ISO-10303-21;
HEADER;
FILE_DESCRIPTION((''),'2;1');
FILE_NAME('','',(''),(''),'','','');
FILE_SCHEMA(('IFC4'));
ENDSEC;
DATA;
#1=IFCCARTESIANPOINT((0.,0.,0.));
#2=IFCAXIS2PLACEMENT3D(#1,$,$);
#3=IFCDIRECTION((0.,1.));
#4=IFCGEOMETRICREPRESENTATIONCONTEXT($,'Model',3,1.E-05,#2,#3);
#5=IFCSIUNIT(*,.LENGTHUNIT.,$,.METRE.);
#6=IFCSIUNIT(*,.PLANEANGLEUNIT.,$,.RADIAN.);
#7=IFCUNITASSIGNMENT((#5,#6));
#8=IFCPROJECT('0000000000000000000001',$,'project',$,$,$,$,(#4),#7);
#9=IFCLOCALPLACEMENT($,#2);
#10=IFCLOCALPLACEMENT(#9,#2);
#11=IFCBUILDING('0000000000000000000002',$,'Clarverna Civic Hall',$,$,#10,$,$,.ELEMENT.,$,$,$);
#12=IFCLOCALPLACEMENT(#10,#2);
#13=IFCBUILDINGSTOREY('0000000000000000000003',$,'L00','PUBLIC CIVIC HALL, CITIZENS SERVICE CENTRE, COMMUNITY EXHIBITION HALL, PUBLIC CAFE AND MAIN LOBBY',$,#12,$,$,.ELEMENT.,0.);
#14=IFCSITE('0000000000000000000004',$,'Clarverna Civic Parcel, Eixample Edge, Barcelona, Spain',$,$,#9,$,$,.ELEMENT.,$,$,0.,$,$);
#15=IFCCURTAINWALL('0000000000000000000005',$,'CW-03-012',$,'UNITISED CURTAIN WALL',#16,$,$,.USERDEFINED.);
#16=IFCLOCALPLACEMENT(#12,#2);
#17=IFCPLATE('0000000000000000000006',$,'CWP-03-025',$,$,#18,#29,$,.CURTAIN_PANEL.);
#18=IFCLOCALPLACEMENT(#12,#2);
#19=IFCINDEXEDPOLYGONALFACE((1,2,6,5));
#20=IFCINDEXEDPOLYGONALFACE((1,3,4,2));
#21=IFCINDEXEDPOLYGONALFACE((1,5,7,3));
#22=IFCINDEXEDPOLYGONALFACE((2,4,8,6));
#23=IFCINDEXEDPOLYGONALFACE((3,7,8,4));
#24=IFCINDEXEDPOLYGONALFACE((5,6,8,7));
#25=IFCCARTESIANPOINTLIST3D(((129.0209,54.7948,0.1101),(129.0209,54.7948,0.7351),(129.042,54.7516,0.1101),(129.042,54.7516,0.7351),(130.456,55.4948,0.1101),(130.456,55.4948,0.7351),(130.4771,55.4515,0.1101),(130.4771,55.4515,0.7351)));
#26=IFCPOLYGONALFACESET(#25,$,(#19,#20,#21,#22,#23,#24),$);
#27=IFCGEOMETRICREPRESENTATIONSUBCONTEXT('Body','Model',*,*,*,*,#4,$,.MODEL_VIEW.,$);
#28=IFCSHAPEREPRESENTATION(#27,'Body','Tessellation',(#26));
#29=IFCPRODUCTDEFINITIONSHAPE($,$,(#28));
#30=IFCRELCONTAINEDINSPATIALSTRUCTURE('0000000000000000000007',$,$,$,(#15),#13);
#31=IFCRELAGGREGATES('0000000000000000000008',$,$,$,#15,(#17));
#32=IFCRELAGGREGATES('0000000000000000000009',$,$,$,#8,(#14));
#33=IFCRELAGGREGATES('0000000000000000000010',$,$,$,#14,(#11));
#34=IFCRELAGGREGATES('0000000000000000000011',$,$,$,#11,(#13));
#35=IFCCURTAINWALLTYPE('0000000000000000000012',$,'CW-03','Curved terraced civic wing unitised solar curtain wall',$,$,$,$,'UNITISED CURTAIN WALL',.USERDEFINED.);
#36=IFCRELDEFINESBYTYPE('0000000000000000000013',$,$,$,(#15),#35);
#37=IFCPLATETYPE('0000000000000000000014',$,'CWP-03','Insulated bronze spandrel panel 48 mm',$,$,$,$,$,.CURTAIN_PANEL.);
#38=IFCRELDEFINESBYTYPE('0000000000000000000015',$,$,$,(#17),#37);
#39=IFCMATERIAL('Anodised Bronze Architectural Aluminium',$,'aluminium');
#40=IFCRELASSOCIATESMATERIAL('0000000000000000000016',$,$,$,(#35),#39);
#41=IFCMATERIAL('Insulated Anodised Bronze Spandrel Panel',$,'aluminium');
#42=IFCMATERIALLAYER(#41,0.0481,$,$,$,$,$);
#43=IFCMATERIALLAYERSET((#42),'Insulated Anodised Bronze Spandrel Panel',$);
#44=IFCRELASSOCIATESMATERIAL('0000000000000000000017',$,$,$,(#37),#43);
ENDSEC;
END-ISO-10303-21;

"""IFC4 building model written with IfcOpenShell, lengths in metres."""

from ifc_helpers import new_model, si_unit, direction, frame, frame_2d, origin, place, context, subcontext, project, spatial, rectangle, extrude, material, layer, layer_set, type_object, element, aggregate, save


model = new_model("IFC4")

# Units and contexts
model_context = context("Model", 3, precision=1e-05, world=origin(), true_north=direction((0.0, 1.0)))
body_context = subcontext(model_context, "Body", "Model", "MODEL_VIEW")
ifc_project = project(units=[si_unit("LENGTHUNIT", "METRE"), si_unit("PLANEANGLEUNIT", "RADIAN")], contexts=[model_context])

# Site, building, storey
site_placement = place(None, origin())
site = spatial("IfcSite", under=ifc_project, at=site_placement, Name="Clarverna Civic Parcel, Eixample Edge, Barcelona, Spain", CompositionType="ELEMENT", RefElevation=0.0)
building_placement = place(site_placement, origin())
building = spatial("IfcBuilding", under=site, at=building_placement, Name="Clarverna Civic Hall", CompositionType="ELEMENT")
storey_placement = place(building_placement, origin())
storey = spatial("IfcBuildingStorey", under=building, at=storey_placement, Name="L00", Description="PUBLIC CIVIC HALL, CITIZENS SERVICE CENTRE, COMMUNITY EXHIBITION HALL, PUBLIC CAFE AND MAIN LOBBY", CompositionType="ELEMENT", Elevation=0.0)

# Curtain wall
ifc_material_1 = material(Name="Anodised Bronze Architectural Aluminium", Category="aluminium")
curtain_wall_type = type_object("IfcCurtainWallType", Name="CW-03", Description="Curved terraced civic wing unitised solar curtain wall", ElementType="UNITISED CURTAIN WALL", PredefinedType="USERDEFINED", material=ifc_material_1)
curtain_wall_1_placement = place(storey_placement, origin())
curtain_wall_1 = element("IfcCurtainWall", 1, at=curtain_wall_1_placement, inside=storey, type_object=curtain_wall_type, Name="CW-03-012", ObjectType="UNITISED CURTAIN WALL", PredefinedType="USERDEFINED")

# Plate
ifc_material_2 = material(Name="Insulated Anodised Bronze Spandrel Panel", Category="aluminium")
ifc_layer_1 = layer(ifc_material_2, 0.0481)
ifc_layer_set_1 = layer_set([ifc_layer_1], Name="Insulated Anodised Bronze Spandrel Panel")
plate_type_1 = type_object("IfcPlateType", Name="CWP-03", Description="Insulated bronze spandrel panel 48 mm", PredefinedType="CURTAIN_PANEL", material=ifc_layer_set_1)
plate_1_placement = place(storey_placement, frame((130.4666, 55.4731, 0.1101), z_axis=(0.0, 0.0, 1.0), x_axis=(-0.898788, -0.438384, 0.0)))
plate_1 = element("IfcPlate", 2, at=plate_1_placement, type_object=plate_type_1, Name="CWP-03-025", PredefinedType="CURTAIN_PANEL", context=body_context, shape_type="SweptSolid", body=[
    extrude(rectangle(XDim=1.5967, YDim=0.0481, at=frame_2d((0.7983, 0.0))), origin(), (0.0, 0.0, 1.0), 0.625),
])
aggregate(curtain_wall_1, [plate_1])

save(model, "model.ifc")
